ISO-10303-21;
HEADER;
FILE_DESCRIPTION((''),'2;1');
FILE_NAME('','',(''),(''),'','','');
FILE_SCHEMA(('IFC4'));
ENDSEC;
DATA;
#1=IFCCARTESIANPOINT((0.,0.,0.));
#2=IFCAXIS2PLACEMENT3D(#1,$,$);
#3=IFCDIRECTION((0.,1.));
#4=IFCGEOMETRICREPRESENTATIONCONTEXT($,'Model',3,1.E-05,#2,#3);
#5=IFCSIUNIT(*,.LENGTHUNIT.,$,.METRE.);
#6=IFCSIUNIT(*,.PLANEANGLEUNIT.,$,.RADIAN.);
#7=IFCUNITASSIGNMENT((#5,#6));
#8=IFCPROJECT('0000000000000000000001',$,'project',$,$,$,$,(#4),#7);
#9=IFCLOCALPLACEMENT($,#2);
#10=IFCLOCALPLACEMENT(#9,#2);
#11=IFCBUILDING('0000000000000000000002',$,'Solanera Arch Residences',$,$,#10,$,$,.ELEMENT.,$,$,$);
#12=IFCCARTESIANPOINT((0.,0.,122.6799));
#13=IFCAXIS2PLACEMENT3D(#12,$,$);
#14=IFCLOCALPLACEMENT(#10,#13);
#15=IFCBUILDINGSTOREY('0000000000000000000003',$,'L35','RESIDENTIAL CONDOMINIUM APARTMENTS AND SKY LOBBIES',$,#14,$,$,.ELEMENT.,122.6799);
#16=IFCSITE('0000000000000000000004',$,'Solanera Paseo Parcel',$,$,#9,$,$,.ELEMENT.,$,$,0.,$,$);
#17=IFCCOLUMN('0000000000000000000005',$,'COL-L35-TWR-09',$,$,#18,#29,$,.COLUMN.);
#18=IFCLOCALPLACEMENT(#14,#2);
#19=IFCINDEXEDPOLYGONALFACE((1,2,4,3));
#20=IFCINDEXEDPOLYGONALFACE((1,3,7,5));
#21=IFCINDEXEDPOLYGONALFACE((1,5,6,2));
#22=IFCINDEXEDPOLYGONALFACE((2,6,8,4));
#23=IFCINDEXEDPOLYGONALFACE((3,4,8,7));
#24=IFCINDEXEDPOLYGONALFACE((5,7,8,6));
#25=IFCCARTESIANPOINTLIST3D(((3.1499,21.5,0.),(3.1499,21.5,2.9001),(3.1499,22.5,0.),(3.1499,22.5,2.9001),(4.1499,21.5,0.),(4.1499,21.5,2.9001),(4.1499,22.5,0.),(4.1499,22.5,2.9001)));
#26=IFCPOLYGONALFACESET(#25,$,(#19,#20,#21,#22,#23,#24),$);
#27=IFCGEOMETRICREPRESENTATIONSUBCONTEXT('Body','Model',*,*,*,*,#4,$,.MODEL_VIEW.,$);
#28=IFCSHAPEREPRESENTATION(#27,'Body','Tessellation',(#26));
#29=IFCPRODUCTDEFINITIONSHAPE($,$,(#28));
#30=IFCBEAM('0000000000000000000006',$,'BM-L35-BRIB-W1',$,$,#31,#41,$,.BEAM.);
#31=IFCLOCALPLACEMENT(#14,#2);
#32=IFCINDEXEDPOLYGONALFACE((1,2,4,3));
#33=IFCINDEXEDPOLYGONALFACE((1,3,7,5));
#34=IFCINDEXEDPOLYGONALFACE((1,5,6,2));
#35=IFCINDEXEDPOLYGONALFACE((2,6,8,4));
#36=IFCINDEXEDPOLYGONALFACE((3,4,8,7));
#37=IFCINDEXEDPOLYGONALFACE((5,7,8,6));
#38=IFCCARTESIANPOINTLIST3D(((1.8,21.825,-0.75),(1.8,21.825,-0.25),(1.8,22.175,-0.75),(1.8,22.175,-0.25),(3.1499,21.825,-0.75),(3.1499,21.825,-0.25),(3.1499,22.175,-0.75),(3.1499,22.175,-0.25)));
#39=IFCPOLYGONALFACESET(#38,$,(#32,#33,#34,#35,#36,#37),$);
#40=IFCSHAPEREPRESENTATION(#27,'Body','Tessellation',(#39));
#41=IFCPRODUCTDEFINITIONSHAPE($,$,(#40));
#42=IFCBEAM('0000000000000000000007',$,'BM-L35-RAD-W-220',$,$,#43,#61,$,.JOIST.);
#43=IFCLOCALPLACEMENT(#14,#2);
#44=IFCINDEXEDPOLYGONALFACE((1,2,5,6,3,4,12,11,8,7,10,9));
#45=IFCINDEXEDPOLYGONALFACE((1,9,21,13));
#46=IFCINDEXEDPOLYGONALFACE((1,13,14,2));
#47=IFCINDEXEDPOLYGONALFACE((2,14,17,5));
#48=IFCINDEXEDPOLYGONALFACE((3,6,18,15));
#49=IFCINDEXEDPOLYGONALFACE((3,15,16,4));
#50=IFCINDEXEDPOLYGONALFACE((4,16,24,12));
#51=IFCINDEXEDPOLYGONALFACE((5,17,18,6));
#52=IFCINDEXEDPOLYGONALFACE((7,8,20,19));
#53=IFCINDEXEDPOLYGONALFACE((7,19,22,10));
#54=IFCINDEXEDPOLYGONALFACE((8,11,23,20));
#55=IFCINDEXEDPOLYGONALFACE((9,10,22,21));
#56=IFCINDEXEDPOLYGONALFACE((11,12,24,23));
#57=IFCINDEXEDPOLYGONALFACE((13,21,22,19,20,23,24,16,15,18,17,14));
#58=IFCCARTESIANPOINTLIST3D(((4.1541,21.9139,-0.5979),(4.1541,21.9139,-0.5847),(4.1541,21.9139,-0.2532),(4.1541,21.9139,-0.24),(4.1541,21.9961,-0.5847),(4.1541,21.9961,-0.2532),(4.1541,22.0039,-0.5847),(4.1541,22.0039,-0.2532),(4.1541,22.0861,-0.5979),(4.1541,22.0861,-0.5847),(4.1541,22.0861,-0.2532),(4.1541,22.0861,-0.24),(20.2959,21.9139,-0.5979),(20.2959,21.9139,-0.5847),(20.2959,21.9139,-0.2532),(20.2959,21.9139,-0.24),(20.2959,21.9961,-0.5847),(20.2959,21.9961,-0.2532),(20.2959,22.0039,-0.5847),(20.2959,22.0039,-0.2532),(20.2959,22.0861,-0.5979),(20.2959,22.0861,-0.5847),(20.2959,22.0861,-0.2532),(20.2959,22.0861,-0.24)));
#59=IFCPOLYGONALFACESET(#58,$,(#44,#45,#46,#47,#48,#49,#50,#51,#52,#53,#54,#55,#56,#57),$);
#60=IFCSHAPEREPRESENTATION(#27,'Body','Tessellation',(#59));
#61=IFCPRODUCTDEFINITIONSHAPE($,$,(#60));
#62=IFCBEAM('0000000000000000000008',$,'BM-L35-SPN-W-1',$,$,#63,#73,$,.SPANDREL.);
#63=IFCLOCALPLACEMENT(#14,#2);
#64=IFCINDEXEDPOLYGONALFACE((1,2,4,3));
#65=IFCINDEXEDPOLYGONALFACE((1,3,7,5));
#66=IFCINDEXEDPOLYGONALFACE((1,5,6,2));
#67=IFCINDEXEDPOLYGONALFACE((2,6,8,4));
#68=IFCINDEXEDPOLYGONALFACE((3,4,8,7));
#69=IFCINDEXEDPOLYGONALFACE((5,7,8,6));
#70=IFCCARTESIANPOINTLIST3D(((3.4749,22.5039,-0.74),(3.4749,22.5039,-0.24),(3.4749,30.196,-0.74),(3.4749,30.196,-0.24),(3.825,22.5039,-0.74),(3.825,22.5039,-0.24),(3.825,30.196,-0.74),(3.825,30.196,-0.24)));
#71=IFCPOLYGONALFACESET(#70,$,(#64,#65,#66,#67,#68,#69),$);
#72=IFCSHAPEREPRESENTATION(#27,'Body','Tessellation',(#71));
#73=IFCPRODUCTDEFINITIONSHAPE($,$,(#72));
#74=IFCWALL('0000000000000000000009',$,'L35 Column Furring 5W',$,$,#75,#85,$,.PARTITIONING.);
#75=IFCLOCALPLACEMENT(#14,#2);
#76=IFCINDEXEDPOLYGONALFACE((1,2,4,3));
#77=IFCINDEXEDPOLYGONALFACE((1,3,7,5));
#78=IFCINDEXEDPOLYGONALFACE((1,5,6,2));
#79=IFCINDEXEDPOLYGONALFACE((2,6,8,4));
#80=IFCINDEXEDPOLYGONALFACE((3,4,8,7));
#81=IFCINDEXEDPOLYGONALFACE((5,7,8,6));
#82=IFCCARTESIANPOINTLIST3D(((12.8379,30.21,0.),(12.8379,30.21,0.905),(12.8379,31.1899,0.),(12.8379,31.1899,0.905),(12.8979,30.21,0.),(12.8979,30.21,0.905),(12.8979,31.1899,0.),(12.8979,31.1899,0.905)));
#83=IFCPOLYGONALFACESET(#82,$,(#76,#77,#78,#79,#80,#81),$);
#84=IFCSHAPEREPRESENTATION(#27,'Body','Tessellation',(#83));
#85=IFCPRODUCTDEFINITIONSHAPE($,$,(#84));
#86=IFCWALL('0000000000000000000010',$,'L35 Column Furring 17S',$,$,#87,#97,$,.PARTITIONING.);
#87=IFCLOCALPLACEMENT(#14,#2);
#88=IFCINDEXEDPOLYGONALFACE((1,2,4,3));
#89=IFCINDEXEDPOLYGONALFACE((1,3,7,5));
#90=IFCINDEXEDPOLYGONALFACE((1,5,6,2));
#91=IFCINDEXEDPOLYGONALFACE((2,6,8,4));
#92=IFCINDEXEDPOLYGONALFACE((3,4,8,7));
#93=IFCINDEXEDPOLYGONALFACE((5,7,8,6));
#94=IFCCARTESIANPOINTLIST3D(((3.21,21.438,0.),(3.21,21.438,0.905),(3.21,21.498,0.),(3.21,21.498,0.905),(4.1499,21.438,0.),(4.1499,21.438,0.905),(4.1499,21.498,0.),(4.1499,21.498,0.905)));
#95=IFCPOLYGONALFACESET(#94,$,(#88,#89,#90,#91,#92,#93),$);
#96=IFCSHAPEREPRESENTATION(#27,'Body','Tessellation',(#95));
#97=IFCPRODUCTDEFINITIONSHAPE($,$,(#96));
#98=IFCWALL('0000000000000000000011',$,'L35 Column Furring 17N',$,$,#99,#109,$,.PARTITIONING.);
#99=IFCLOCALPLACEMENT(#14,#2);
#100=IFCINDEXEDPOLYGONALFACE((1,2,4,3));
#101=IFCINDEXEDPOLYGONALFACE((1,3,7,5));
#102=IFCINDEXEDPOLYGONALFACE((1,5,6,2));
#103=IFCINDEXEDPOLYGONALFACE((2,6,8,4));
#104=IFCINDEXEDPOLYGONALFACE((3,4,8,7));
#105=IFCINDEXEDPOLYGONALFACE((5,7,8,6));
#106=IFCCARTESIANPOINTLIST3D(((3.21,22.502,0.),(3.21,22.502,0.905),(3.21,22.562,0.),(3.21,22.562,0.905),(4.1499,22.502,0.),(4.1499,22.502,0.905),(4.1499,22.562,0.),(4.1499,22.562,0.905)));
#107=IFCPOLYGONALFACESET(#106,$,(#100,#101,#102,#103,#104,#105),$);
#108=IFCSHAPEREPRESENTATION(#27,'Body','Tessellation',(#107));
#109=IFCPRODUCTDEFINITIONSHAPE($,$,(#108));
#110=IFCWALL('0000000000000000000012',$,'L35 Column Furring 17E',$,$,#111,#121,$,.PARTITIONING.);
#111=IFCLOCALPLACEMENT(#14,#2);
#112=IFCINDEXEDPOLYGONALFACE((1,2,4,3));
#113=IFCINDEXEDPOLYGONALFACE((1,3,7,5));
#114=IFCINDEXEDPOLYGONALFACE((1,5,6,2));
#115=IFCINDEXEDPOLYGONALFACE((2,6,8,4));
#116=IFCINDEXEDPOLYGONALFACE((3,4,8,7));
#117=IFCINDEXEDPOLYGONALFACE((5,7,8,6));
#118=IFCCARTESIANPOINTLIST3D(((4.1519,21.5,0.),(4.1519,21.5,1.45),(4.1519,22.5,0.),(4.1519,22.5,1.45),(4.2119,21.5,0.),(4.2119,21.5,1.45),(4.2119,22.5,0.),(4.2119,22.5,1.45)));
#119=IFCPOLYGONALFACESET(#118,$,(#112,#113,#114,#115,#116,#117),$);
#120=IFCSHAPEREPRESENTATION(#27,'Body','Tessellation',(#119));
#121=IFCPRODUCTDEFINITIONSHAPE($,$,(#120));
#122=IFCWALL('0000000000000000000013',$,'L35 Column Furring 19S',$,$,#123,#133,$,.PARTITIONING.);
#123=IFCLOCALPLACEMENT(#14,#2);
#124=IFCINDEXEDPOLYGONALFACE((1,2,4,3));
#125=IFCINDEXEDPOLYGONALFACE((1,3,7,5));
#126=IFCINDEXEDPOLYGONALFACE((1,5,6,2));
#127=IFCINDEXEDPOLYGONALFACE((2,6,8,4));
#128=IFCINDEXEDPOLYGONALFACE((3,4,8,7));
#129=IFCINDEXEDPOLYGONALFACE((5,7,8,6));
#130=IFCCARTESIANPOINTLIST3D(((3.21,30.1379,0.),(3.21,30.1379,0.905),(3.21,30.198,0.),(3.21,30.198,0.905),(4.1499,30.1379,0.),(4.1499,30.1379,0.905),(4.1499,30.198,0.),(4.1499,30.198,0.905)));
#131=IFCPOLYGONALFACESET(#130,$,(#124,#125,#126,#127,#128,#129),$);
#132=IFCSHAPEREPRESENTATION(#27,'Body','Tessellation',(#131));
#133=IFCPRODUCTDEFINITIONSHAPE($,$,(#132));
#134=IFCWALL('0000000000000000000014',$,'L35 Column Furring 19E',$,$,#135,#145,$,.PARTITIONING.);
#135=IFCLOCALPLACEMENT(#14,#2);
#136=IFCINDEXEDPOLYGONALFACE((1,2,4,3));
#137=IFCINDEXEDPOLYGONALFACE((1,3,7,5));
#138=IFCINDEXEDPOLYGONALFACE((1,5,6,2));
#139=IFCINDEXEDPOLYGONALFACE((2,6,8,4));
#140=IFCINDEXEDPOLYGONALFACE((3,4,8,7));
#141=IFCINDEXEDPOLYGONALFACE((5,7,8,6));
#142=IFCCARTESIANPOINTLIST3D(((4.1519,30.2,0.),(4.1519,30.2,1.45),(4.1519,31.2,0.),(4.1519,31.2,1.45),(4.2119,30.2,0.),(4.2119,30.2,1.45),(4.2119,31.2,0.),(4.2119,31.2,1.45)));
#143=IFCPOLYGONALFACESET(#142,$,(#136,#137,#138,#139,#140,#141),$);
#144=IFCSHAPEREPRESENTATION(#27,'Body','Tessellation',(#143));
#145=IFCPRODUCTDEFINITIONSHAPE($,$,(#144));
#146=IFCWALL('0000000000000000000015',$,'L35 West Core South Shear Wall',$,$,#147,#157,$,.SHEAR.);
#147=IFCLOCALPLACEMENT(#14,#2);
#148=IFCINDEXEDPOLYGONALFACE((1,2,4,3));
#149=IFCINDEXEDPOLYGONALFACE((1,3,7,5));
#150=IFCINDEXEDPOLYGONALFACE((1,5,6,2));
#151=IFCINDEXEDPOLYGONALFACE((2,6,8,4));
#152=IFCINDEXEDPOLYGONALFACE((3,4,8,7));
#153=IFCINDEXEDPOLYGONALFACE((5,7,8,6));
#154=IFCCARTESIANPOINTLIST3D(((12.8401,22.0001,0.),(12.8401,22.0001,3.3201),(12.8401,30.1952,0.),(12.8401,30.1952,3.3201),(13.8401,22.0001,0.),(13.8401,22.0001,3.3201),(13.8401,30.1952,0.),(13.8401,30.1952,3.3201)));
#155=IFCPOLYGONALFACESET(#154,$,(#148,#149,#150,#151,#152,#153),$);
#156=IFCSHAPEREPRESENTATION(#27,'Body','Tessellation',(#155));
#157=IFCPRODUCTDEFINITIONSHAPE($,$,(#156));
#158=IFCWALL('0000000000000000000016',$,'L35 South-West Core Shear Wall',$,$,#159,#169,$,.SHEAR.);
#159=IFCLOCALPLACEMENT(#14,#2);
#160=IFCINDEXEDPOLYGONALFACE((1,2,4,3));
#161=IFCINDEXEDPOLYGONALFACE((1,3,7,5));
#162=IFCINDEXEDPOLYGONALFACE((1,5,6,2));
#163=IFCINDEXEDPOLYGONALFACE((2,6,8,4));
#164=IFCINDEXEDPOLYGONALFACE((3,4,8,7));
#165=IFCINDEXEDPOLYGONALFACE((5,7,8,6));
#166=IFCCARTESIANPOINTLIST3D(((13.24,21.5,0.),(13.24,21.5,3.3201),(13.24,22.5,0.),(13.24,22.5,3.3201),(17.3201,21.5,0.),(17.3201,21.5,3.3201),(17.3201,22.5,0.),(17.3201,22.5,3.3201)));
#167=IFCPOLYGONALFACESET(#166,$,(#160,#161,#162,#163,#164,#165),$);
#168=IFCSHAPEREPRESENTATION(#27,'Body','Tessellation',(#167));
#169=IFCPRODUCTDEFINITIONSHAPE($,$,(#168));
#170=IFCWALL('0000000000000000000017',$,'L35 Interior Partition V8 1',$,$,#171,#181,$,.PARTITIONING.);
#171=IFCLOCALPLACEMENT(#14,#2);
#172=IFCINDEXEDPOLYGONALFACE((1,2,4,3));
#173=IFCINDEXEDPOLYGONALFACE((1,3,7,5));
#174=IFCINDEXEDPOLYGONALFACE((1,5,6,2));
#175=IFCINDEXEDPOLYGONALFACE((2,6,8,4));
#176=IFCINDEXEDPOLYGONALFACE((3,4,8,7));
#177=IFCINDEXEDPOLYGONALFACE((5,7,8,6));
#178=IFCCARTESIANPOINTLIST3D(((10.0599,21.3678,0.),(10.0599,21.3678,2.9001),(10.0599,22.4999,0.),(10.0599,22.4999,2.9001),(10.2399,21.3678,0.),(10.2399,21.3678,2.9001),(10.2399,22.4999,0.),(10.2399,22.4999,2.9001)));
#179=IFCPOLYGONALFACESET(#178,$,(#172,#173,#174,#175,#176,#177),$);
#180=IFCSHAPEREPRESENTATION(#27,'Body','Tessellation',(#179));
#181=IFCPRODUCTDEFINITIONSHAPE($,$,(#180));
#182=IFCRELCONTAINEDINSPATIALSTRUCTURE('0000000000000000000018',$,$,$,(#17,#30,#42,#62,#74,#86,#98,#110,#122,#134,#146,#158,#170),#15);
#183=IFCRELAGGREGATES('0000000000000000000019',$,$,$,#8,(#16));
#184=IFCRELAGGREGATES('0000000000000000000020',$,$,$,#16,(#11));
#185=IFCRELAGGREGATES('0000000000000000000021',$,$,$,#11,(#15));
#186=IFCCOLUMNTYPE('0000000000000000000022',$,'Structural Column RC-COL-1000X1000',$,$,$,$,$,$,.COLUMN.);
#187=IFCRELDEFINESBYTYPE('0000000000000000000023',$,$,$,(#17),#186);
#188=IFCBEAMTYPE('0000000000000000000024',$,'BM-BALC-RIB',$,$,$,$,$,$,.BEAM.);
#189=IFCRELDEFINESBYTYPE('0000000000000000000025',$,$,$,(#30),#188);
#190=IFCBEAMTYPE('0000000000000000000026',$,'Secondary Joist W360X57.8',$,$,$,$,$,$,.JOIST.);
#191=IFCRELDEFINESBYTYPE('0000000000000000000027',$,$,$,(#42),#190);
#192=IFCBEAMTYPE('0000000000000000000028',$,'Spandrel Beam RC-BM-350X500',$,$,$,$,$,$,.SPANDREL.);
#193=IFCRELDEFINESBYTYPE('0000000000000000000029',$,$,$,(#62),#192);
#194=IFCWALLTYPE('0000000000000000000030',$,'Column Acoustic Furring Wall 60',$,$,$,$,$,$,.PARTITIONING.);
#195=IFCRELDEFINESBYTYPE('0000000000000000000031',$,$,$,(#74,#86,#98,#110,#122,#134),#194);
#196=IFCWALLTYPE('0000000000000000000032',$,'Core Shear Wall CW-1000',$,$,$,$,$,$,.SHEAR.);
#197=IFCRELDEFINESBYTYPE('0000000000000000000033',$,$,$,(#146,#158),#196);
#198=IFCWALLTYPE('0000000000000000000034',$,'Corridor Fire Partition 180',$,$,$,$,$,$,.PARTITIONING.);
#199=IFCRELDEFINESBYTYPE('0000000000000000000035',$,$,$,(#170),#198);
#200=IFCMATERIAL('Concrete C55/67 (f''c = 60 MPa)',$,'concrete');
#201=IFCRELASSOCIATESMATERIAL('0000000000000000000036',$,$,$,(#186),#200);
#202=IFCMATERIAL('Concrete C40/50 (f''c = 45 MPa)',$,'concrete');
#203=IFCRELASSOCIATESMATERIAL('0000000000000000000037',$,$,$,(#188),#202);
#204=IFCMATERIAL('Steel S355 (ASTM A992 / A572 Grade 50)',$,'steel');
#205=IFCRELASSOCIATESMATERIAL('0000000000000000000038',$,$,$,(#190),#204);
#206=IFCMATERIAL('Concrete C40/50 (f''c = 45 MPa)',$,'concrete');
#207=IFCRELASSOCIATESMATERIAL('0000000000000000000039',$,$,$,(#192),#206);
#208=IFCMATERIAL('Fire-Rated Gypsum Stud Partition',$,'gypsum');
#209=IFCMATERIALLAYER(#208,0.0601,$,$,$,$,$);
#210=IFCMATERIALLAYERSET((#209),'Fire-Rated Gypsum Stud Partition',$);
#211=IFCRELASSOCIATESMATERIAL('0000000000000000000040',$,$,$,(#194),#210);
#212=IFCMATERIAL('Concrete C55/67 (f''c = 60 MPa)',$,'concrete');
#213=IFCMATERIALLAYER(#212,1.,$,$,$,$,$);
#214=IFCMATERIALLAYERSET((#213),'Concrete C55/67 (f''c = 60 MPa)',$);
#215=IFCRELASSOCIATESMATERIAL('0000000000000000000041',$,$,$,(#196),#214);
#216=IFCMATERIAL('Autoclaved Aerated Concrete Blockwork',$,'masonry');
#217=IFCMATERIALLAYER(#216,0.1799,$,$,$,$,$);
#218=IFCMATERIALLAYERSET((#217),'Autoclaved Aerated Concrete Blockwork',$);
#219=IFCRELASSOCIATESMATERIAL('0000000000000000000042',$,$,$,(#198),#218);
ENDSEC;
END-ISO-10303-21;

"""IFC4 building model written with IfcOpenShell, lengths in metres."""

from ifc_helpers import new_model, si_unit, direction, frame, frame_2d, origin, origin_2d, place, context, subcontext, project, spatial, rectangle, i_section, extrude, material, layer, layer_set, material_profile, profile_set, type_object, element, save


model = new_model("IFC4")

# Units and contexts
model_context = context("Model", 3, precision=1e-05, world=origin(), true_north=direction((0.0, 1.0)))
body_context = subcontext(model_context, "Body", "Model", "MODEL_VIEW")
ifc_project = project(units=[si_unit("LENGTHUNIT", "METRE"), si_unit("PLANEANGLEUNIT", "RADIAN")], contexts=[model_context])

# Site, building, storey
site_placement = place(None, origin())
site = spatial("IfcSite", under=ifc_project, at=site_placement, Name="Solanera Paseo Parcel", CompositionType="ELEMENT", RefElevation=0.0)
building_placement = place(site_placement, origin())
building = spatial("IfcBuilding", under=site, at=building_placement, Name="Solanera Arch Residences", CompositionType="ELEMENT")
storey_placement = place(building_placement, frame((0.0, 0.0, 122.6799)))
storey = spatial("IfcBuildingStorey", under=building, at=storey_placement, Name="L35", Description="RESIDENTIAL CONDOMINIUM APARTMENTS AND SKY LOBBIES", CompositionType="ELEMENT", Elevation=122.6799)

# Column
ifc_material_1 = material(Name="Concrete C55/67 (f'c = 60 MPa)", Category="concrete")
ifc_material_profile_1 = material_profile(ifc_material_1, rectangle(XDim=1.0, YDim=1.0, at=origin_2d()))
ifc_profile_set_1 = profile_set([ifc_material_profile_1], Name="Concrete C55/67 (f'c = 60 MPa)")
column_type = type_object("IfcColumnType", Name="Structural Column RC-COL-1000X1000", PredefinedType="COLUMN", material=ifc_profile_set_1)
column_placement = place(storey_placement, frame((3.6499, 22.0, 0.0), z_axis=(0.0, 0.0, 1.0), x_axis=(1.0, 0.0, 0.0)))
element("IfcColumn", 1, at=column_placement, inside=storey, type_object=column_type, Name="COL-L35-TWR-09", PredefinedType="COLUMN", context=body_context, shape_type="SweptSolid", body=[
    extrude(rectangle(XDim=1.0, YDim=1.0, at=origin_2d()), origin(), (0.0, 0.0, 1.0), 2.9001),
])

# Beams
ifc_material_2 = material(Name="Concrete C40/50 (f'c = 45 MPa)", Category="concrete")
ifc_material_profile_2 = material_profile(ifc_material_2, rectangle(XDim=0.3501, YDim=0.5, at=origin_2d()))
ifc_profile_set_2 = profile_set([ifc_material_profile_2], Name="Concrete C40/50 (f'c = 45 MPa)")
beam_type_1 = type_object("IfcBeamType", Name="BM-BALC-RIB", PredefinedType="BEAM", material=ifc_profile_set_2)
beam_1_placement = place(storey_placement, frame((1.8, 22.0, -0.5), z_axis=(1.0, 0.0, 0.0), x_axis=(0.0, 1.0, 0.0)))
element("IfcBeam", 2, at=beam_1_placement, inside=storey, type_object=beam_type_1, Name="BM-L35-BRIB-W1", PredefinedType="BEAM", context=body_context, shape_type="SweptSolid", body=[
    extrude(rectangle(XDim=0.3501, YDim=0.5, at=origin_2d()), origin(), (0.0, 0.0, 1.0), 1.3499),
])
ifc_material_3 = material(Name="Steel S355 (ASTM A992 / A572 Grade 50)", Category="steel")
ifc_material_profile_3 = material_profile(ifc_material_3, i_section(OverallWidth=0.1721, OverallDepth=0.3579, WebThickness=0.0078, FlangeThickness=0.0132, at=origin_2d()))
ifc_profile_set_3 = profile_set([ifc_material_profile_3], Name="Steel S355 (ASTM A992 / A572 Grade 50)")
beam_type_2 = type_object("IfcBeamType", Name="Secondary Joist W360X57.8", PredefinedType="JOIST", material=ifc_profile_set_3)
beam_2_placement = place(storey_placement, frame((4.1541, 22.0, -0.4189), z_axis=(1.0, 0.0, 0.0), x_axis=(0.0, 1.0, 0.0)))
element("IfcBeam", 3, at=beam_2_placement, inside=storey, type_object=beam_type_2, Name="BM-L35-RAD-W-220", PredefinedType="JOIST", context=body_context, shape_type="SweptSolid", body=[
    extrude(i_section(OverallWidth=0.1721, OverallDepth=0.3579, WebThickness=0.0078, FlangeThickness=0.0132, at=origin_2d()), origin(), (0.0, 0.0, 1.0), 16.1418),
])
ifc_material_4 = material(Name="Concrete C40/50 (f'c = 45 MPa)", Category="concrete")
ifc_material_profile_4 = material_profile(ifc_material_4, rectangle(XDim=0.3501, YDim=0.5, at=origin_2d()))
ifc_profile_set_4 = profile_set([ifc_material_profile_4], Name="Concrete C40/50 (f'c = 45 MPa)")
beam_type_3 = type_object("IfcBeamType", Name="Spandrel Beam RC-BM-350X500", PredefinedType="SPANDREL", material=ifc_profile_set_4)
beam_3_placement = place(storey_placement, frame((3.6499, 22.5039, -0.49), z_axis=(0.0, 1.0, 0.0), x_axis=(-1.0, 0.0, 0.0)))
element("IfcBeam", 4, at=beam_3_placement, inside=storey, type_object=beam_type_3, Name="BM-L35-SPN-W-1", PredefinedType="SPANDREL", context=body_context, shape_type="SweptSolid", body=[
    extrude(rectangle(XDim=0.3501, YDim=0.5, at=origin_2d()), origin(), (0.0, 0.0, 1.0), 7.6921),
])

# Walls
ifc_material_5 = material(Name="Fire-Rated Gypsum Stud Partition", Category="gypsum")
ifc_layer_1 = layer(ifc_material_5, 0.0601)
ifc_layer_set_1 = layer_set([ifc_layer_1], Name="Fire-Rated Gypsum Stud Partition")
wall_type_1 = type_object("IfcWallType", Name="Column Acoustic Furring Wall 60", PredefinedType="PARTITIONING", material=ifc_layer_set_1)
wall_1_placement = place(storey_placement, frame((12.8679, 30.21, 0.0), z_axis=(0.0, 0.0, 1.0), x_axis=(0.0, 1.0, 0.0)))
element("IfcWall", 5, at=wall_1_placement, inside=storey, type_object=wall_type_1, Name="L35 Column Furring 5W", PredefinedType="PARTITIONING", context=body_context, shape_type="SweptSolid", body=[
    extrude(rectangle(XDim=0.98, YDim=0.0601, at=frame_2d((0.49, 0.0))), origin(), (0.0, 0.0, 1.0), 0.905),
])
for number, where, z_axis, x_axis, name in (
    (6, (3.21, 21.468, 0.0), (0.0, 0.0, 1.0), (1.0, 0.0, 0.0), "L35 Column Furring 17S"),
    (7, (3.21, 22.532, 0.0), (0.0, 0.0, 1.0), (1.0, 0.0, 0.0), "L35 Column Furring 17N"),
):
    element("IfcWall", number, at=place(storey_placement, frame(where, z_axis=z_axis, x_axis=x_axis)), inside=storey, type_object=wall_type_1, Name=name, PredefinedType="PARTITIONING", context=body_context, shape_type="SweptSolid", body=[
        extrude(rectangle(XDim=0.9399, YDim=0.0601, at=frame_2d((0.47, 0.0))), origin(), (0.0, 0.0, 1.0), 0.905),
    ])
wall_2_placement = place(storey_placement, frame((4.1819, 21.5, 0.0), z_axis=(0.0, 0.0, 1.0), x_axis=(0.0, 1.0, 0.0)))
element("IfcWall", 8, at=wall_2_placement, inside=storey, type_object=wall_type_1, Name="L35 Column Furring 17E", PredefinedType="PARTITIONING", context=body_context, shape_type="SweptSolid", body=[
    extrude(rectangle(XDim=1.0, YDim=0.0601, at=frame_2d((0.5, 0.0))), origin(), (0.0, 0.0, 1.0), 1.45),
])
wall_3_placement = place(storey_placement, frame((3.21, 30.168, 0.0), z_axis=(0.0, 0.0, 1.0), x_axis=(1.0, 0.0, 0.0)))
element("IfcWall", 9, at=wall_3_placement, inside=storey, type_object=wall_type_1, Name="L35 Column Furring 19S", PredefinedType="PARTITIONING", context=body_context, shape_type="SweptSolid", body=[
    extrude(rectangle(XDim=0.9399, YDim=0.0601, at=frame_2d((0.47, 0.0))), origin(), (0.0, 0.0, 1.0), 0.905),
])
wall_4_placement = place(storey_placement, frame((4.1819, 30.2, 0.0), z_axis=(0.0, 0.0, 1.0), x_axis=(0.0, 1.0, 0.0)))
element("IfcWall", 10, at=wall_4_placement, inside=storey, type_object=wall_type_1, Name="L35 Column Furring 19E", PredefinedType="PARTITIONING", context=body_context, shape_type="SweptSolid", body=[
    extrude(rectangle(XDim=1.0, YDim=0.0601, at=frame_2d((0.5, 0.0))), origin(), (0.0, 0.0, 1.0), 1.45),
])
ifc_material_6 = material(Name="Concrete C55/67 (f'c = 60 MPa)", Category="concrete")
ifc_layer_2 = layer(ifc_material_6, 1.0)
ifc_layer_set_2 = layer_set([ifc_layer_2], Name="Concrete C55/67 (f'c = 60 MPa)")
wall_type_2 = type_object("IfcWallType", Name="Core Shear Wall CW-1000", PredefinedType="SHEAR", material=ifc_layer_set_2)
wall_5_placement = place(storey_placement, frame((13.3401, 22.0, 0.0), z_axis=(0.0, 0.0, 1.0), x_axis=(0.0, 1.0, 0.0)))
element("IfcWall", 11, at=wall_5_placement, inside=storey, type_object=wall_type_2, Name="L35 West Core South Shear Wall", PredefinedType="SHEAR", context=body_context, shape_type="SweptSolid", body=[
    extrude(rectangle(XDim=8.1951, YDim=1.0, at=frame_2d((4.0977, 0.0))), origin(), (0.0, 0.0, 1.0), 3.3201),
])
wall_6_placement = place(storey_placement, frame((13.24, 22.0, 0.0), z_axis=(0.0, 0.0, 1.0), x_axis=(1.0, 0.0, 0.0)))
element("IfcWall", 12, at=wall_6_placement, inside=storey, type_object=wall_type_2, Name="L35 South-West Core Shear Wall", PredefinedType="SHEAR", context=body_context, shape_type="SweptSolid", body=[
    extrude(rectangle(XDim=4.0801, YDim=1.0, at=frame_2d((2.04, 0.0))), origin(), (0.0, 0.0, 1.0), 3.3201),
])
ifc_material_7 = material(Name="Autoclaved Aerated Concrete Blockwork", Category="masonry")
ifc_layer_3 = layer(ifc_material_7, 0.1799)
ifc_layer_set_3 = layer_set([ifc_layer_3], Name="Autoclaved Aerated Concrete Blockwork")
wall_type_3 = type_object("IfcWallType", Name="Corridor Fire Partition 180", PredefinedType="PARTITIONING", material=ifc_layer_set_3)
wall_7_placement = place(storey_placement, frame((10.1499, 21.3679, 0.0), z_axis=(0.0, 0.0, 1.0), x_axis=(0.0, 1.0, 0.0)))
element("IfcWall", 13, at=wall_7_placement, inside=storey, type_object=wall_type_3, Name="L35 Interior Partition V8 1", PredefinedType="PARTITIONING", context=body_context, shape_type="SweptSolid", body=[
    extrude(rectangle(XDim=1.1321, YDim=0.1799, at=frame_2d((0.5659, 0.0))), origin(), (0.0, 0.0, 1.0), 2.9001),
])

save(model, "model.ifc")
